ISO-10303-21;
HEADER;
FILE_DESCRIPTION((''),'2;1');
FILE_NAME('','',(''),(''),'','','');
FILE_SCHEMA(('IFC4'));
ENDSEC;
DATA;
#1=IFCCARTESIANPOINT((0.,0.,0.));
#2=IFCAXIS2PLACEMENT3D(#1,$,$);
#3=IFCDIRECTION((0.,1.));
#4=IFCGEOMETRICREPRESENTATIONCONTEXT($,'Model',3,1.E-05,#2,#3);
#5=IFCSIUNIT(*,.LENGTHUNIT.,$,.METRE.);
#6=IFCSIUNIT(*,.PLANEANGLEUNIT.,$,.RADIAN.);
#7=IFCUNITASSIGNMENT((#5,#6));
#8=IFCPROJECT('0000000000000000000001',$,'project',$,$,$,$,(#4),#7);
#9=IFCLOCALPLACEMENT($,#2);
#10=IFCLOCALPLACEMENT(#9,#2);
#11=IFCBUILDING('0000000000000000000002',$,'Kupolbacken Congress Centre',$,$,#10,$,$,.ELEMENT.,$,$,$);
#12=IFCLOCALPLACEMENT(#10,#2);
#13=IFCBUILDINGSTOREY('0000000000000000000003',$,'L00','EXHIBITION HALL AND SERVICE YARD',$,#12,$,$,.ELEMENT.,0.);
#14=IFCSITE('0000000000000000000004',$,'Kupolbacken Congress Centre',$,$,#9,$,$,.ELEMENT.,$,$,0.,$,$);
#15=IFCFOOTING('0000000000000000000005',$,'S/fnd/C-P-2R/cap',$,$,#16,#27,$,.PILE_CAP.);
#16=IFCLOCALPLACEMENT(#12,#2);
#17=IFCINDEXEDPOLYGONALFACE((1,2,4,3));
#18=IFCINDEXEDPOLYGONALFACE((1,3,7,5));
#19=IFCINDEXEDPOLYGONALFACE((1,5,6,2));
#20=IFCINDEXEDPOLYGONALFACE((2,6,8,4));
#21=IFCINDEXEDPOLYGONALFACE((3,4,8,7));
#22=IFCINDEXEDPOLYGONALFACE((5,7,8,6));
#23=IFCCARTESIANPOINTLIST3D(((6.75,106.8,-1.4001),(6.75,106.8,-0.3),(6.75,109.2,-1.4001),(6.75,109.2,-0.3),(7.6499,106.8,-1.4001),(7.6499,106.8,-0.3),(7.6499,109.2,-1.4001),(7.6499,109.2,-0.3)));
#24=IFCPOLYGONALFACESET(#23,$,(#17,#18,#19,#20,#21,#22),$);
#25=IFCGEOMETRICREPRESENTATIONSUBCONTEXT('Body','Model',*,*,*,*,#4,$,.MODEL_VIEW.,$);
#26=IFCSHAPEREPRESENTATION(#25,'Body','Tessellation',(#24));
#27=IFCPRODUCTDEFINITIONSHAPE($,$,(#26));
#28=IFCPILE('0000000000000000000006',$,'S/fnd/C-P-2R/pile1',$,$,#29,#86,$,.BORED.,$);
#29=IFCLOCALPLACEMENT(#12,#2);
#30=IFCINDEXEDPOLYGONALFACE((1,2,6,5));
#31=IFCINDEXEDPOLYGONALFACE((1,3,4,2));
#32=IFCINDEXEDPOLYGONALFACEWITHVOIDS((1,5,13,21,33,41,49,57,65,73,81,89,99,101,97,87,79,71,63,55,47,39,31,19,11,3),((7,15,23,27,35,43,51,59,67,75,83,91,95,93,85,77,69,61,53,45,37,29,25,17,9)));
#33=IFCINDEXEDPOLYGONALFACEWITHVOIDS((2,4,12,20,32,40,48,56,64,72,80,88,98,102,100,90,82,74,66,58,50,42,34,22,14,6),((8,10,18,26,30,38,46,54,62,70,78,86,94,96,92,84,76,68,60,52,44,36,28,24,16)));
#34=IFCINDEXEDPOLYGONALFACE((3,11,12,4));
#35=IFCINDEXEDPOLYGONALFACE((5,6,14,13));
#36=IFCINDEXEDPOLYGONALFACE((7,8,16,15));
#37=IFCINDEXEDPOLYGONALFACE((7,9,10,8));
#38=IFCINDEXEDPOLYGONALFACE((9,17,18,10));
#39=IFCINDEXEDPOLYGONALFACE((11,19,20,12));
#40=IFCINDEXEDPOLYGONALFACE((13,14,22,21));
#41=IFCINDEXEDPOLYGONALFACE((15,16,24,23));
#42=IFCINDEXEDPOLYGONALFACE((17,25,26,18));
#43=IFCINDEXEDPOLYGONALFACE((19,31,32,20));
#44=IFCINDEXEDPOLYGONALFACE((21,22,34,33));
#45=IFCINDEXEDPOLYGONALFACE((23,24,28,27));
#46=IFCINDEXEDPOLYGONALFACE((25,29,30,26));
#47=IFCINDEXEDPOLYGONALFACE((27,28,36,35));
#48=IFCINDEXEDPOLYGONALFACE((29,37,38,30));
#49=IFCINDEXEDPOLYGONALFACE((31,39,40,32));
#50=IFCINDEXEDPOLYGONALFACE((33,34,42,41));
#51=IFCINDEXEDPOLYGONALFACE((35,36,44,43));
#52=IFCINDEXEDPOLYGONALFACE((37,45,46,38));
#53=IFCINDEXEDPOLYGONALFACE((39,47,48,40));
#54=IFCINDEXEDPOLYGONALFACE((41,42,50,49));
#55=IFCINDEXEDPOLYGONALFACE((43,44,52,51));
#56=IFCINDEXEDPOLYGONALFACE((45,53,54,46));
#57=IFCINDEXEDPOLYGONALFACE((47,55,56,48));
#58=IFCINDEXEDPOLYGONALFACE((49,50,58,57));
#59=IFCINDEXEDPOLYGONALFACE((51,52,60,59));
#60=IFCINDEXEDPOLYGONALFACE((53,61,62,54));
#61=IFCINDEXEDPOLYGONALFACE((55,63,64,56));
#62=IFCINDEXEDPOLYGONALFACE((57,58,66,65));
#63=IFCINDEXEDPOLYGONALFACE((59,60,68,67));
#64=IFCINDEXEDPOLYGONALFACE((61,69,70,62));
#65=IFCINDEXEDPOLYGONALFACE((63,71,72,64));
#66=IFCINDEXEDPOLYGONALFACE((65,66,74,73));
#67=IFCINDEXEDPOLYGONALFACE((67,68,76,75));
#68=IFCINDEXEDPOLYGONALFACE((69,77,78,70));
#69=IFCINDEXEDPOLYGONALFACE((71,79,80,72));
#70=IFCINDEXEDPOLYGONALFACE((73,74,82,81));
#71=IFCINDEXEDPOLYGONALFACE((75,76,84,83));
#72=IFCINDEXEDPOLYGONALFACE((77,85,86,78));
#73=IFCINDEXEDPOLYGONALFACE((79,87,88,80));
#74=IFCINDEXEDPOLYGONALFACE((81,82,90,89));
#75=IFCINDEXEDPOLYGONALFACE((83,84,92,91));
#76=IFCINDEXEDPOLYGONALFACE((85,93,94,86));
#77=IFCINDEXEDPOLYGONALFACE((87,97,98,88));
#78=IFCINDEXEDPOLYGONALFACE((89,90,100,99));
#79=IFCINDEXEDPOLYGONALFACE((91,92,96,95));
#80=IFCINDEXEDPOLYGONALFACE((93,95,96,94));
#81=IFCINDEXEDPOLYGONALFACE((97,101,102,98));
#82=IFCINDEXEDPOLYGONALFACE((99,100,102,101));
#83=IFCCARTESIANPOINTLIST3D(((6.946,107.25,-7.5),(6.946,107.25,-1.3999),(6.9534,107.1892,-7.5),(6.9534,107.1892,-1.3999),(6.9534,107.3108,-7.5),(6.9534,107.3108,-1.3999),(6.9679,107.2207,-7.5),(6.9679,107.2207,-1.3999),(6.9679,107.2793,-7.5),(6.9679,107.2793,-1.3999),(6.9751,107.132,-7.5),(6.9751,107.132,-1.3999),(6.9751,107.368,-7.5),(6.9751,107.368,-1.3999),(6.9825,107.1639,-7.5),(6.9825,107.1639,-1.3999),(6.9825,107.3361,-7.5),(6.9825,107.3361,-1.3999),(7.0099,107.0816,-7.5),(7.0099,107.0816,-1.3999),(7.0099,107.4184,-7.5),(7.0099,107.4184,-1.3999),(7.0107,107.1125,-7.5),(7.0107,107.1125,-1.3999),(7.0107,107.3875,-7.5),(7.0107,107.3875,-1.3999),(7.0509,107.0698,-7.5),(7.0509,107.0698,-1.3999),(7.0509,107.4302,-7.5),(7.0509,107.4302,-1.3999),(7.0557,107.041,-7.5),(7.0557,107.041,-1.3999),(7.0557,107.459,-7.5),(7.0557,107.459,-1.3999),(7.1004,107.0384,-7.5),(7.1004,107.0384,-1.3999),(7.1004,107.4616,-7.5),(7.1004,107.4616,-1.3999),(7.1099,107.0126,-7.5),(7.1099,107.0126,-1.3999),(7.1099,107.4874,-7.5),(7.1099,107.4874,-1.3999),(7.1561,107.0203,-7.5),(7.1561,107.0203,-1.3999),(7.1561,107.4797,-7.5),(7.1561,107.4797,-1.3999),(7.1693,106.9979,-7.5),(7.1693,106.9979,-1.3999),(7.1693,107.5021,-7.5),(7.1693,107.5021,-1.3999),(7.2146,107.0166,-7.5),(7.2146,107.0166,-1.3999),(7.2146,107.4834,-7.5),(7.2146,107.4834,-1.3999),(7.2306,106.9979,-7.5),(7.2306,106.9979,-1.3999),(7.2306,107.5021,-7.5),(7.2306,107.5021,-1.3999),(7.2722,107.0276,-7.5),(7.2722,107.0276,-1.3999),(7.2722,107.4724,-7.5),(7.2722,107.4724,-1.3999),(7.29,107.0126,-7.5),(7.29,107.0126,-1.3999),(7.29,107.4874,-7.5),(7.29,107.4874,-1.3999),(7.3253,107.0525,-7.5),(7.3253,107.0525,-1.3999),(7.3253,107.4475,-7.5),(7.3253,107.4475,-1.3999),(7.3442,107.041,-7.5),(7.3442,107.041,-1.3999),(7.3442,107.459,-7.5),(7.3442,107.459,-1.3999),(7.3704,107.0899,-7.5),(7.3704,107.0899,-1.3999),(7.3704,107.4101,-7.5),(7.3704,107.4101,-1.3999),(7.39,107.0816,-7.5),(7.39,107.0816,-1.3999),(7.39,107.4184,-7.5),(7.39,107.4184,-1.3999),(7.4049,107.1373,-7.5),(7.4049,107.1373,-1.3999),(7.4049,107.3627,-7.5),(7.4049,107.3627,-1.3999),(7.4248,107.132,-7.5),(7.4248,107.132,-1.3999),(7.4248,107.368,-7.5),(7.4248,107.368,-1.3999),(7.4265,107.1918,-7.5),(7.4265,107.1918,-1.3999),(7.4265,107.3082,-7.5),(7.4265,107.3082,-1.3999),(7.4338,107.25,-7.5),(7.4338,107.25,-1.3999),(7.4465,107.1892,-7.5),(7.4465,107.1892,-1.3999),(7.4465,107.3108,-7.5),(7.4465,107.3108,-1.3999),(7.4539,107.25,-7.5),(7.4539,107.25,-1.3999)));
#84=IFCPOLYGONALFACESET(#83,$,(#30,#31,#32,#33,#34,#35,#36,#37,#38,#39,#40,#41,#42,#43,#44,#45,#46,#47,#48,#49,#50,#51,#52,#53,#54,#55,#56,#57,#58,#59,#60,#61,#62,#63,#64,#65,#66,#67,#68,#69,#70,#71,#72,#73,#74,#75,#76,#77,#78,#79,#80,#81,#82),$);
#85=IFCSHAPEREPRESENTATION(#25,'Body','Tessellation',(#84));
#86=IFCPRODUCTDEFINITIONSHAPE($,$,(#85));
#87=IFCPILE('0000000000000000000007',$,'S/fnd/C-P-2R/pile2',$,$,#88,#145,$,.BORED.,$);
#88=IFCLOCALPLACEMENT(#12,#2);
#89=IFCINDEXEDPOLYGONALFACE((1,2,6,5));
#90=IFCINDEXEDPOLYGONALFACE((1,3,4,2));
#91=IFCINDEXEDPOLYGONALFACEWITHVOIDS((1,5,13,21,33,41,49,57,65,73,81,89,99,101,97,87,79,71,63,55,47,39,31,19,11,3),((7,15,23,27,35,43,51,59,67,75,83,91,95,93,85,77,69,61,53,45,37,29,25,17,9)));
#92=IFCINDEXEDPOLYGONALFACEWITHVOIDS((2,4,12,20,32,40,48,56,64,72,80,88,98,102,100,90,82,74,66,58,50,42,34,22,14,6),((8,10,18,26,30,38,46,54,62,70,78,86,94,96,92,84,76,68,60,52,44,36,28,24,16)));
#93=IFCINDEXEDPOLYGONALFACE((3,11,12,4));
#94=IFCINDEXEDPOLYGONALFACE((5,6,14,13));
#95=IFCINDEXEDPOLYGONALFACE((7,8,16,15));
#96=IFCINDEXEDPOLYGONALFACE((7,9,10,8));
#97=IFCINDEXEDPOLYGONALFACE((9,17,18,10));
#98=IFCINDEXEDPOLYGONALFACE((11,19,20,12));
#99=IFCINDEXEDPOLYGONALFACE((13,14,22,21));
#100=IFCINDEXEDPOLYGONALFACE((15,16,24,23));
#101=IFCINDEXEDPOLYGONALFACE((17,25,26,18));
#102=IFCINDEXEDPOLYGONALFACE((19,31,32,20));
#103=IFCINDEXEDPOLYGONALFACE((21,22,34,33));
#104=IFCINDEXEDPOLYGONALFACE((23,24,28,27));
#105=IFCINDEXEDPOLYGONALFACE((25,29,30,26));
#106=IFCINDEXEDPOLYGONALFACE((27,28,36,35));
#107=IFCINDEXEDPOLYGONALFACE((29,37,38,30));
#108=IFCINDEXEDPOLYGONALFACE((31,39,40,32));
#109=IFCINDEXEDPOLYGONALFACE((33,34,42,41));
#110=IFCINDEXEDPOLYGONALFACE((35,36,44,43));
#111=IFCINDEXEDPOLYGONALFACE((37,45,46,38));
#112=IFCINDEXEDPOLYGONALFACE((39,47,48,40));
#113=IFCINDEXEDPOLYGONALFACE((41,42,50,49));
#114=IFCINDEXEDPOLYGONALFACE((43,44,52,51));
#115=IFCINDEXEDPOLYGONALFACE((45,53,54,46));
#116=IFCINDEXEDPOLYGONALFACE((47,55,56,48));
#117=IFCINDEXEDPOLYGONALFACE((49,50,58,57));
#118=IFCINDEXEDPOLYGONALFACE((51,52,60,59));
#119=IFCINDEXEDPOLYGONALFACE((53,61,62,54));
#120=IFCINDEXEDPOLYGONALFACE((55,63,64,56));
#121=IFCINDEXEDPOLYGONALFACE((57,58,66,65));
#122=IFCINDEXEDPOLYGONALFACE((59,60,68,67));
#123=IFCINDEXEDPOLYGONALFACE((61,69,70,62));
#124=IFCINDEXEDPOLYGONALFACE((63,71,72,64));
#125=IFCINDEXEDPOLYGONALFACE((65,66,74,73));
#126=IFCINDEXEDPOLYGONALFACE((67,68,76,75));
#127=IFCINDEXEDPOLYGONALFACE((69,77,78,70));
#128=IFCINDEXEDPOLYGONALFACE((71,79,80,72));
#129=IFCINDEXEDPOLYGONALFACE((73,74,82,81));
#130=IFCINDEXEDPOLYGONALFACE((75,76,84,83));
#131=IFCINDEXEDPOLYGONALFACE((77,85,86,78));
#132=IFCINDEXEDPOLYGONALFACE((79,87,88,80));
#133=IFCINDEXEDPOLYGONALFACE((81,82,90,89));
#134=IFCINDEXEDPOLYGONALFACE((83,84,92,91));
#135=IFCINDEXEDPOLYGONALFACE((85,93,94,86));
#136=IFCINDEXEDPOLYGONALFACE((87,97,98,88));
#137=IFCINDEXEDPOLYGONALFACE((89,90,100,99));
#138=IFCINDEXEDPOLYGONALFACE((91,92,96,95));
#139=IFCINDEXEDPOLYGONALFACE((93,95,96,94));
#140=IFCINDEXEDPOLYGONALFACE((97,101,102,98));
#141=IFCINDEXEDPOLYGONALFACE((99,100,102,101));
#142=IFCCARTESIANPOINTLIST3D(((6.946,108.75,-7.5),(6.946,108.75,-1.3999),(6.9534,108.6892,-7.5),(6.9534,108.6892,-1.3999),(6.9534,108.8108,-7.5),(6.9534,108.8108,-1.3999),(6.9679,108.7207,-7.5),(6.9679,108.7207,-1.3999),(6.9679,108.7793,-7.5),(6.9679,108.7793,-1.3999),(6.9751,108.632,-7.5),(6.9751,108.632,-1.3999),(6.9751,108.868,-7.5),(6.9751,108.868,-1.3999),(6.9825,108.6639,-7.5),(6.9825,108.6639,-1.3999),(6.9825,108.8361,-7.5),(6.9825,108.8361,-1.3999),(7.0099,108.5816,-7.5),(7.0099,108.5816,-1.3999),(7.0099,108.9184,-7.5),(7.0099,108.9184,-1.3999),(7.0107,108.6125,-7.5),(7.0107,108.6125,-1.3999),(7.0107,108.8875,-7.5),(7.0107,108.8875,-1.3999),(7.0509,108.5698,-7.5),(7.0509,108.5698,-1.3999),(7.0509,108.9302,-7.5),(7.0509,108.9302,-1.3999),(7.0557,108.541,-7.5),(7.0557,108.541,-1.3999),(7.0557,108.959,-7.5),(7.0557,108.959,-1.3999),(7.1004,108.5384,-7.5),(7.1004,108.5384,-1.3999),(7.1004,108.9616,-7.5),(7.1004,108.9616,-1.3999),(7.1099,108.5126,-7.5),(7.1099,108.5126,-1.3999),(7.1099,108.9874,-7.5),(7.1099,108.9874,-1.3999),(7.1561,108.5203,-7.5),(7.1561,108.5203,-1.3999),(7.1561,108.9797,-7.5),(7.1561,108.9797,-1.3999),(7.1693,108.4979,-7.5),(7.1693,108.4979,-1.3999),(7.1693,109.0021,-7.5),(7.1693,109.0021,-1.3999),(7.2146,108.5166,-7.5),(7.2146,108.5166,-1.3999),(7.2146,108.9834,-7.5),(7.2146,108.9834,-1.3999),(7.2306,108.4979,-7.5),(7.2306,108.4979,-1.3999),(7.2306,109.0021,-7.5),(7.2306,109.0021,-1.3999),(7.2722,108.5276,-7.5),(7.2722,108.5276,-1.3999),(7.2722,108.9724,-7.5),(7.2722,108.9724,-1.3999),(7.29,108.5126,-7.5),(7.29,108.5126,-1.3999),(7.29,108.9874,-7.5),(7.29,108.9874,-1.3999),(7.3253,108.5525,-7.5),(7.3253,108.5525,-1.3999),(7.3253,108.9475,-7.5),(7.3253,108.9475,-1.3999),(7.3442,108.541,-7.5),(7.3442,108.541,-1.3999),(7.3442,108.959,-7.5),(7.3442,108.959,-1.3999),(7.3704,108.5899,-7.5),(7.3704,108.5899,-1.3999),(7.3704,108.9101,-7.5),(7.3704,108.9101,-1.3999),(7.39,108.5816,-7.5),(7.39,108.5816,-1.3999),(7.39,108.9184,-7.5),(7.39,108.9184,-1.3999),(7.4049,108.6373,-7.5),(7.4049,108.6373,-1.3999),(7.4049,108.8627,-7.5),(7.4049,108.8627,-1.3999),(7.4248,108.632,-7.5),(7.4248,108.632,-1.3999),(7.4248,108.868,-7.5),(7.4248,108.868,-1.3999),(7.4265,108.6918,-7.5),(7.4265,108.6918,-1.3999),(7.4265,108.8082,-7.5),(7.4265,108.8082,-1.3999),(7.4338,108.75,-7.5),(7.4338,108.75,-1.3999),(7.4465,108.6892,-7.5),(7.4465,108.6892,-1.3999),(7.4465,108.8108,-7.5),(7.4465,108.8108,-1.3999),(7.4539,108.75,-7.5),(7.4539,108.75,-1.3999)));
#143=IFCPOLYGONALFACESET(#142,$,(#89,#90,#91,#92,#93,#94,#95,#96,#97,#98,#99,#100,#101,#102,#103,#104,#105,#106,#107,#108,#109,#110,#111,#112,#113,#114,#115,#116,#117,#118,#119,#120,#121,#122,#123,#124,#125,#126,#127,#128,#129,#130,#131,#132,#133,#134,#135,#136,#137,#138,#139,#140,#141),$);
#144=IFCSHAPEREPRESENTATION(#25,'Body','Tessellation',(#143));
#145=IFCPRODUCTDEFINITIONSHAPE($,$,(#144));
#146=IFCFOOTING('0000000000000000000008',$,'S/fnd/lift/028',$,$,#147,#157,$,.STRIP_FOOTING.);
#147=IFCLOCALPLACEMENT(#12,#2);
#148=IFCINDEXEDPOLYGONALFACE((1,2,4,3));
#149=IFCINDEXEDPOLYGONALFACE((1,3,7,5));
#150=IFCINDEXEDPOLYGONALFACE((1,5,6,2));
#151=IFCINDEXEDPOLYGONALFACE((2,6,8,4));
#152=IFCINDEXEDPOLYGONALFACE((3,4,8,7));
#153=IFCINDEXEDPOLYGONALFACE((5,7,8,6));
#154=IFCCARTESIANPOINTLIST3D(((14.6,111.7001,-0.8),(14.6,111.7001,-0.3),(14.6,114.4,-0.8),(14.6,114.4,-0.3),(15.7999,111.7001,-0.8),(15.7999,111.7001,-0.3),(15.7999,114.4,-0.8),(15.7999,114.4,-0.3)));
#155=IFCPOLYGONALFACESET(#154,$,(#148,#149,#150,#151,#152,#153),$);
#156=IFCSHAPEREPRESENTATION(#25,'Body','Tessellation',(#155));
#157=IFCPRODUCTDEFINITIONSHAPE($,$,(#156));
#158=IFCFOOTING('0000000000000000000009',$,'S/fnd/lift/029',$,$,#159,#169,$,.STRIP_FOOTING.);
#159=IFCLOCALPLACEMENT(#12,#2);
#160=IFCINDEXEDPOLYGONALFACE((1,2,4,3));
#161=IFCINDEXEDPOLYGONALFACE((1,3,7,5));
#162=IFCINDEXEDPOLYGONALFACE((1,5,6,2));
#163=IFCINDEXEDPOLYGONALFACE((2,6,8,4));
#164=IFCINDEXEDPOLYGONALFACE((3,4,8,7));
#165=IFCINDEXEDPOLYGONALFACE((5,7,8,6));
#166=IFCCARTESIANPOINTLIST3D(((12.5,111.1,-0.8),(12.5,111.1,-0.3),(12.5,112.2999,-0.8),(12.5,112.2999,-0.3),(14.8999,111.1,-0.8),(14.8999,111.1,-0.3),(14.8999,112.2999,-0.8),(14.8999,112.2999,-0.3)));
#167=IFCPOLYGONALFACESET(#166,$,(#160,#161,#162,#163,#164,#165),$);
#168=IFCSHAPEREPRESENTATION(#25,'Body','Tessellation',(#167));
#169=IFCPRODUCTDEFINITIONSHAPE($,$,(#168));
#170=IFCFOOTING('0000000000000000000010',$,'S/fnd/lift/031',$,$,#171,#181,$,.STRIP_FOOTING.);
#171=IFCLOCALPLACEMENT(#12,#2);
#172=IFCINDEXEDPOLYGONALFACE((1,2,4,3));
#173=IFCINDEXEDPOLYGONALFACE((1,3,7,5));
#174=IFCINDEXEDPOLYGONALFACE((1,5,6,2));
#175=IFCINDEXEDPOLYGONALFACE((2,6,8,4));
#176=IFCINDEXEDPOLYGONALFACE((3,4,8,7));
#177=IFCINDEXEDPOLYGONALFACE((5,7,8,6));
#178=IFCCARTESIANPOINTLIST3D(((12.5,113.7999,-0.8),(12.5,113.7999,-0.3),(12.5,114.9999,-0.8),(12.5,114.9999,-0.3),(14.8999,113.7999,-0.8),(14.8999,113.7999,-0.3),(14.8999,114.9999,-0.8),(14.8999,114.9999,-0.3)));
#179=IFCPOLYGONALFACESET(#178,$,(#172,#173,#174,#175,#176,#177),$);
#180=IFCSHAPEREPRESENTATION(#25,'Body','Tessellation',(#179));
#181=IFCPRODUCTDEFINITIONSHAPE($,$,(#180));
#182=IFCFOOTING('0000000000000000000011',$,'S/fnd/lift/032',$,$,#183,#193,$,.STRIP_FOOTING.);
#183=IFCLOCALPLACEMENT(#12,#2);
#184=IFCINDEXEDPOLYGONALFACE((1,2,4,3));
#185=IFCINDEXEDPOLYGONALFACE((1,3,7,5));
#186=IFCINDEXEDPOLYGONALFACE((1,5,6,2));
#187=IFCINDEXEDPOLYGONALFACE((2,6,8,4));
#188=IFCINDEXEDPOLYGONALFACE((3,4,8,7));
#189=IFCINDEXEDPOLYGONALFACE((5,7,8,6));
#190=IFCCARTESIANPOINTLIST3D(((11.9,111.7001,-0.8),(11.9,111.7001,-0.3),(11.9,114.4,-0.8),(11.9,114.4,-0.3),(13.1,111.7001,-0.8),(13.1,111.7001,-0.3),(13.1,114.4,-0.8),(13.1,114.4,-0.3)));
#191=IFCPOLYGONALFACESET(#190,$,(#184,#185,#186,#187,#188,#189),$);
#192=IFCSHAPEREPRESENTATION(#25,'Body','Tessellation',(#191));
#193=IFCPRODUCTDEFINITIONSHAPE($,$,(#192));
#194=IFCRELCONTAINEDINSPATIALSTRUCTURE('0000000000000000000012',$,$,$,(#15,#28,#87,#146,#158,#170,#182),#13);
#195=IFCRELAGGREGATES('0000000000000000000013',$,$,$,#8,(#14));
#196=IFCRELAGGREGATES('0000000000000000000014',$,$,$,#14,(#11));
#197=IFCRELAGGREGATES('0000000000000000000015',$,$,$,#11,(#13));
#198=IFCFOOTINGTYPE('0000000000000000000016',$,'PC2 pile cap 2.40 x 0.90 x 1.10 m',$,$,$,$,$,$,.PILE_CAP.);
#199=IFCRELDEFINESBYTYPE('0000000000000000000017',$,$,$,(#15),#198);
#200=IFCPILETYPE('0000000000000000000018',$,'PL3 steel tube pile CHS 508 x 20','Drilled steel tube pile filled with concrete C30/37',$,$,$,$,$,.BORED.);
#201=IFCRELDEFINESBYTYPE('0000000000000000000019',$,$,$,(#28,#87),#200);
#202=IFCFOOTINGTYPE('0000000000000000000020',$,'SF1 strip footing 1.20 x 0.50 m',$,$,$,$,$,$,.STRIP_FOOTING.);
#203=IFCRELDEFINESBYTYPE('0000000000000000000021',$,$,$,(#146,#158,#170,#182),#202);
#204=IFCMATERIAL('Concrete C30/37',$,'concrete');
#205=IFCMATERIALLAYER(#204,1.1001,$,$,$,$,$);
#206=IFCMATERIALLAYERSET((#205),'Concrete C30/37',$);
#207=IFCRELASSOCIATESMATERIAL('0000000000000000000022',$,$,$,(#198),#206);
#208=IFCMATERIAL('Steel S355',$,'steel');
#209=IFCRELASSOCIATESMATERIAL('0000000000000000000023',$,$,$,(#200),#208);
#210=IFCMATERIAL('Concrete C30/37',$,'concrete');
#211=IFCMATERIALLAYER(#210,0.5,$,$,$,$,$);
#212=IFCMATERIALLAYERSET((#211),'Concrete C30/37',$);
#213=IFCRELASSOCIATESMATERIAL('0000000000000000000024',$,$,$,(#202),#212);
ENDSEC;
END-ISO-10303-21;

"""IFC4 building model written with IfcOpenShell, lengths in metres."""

from ifc_helpers import new_model, si_unit, direction, frame, origin, origin_2d, place, context, subcontext, project, spatial, rectangle, hollow_circle, extrude, material, layer, layer_set, material_profile, profile_set, type_object, element, save


model = new_model("IFC4")

# Units and contexts
model_context = context("Model", 3, precision=1e-05, world=origin(), true_north=direction((0.0, 1.0)))
body_context = subcontext(model_context, "Body", "Model", "MODEL_VIEW")
ifc_project = project(units=[si_unit("LENGTHUNIT", "METRE"), si_unit("PLANEANGLEUNIT", "RADIAN")], contexts=[model_context])

# Site, building, storey
site_placement = place(None, origin())
site = spatial("IfcSite", under=ifc_project, at=site_placement, Name="Kupolbacken Congress Centre", CompositionType="ELEMENT", RefElevation=0.0)
building_placement = place(site_placement, origin())
building = spatial("IfcBuilding", under=site, at=building_placement, Name="Kupolbacken Congress Centre", CompositionType="ELEMENT")
storey_placement = place(building_placement, origin())
storey = spatial("IfcBuildingStorey", under=building, at=storey_placement, Name="L00", Description="EXHIBITION HALL AND SERVICE YARD", CompositionType="ELEMENT", Elevation=0.0)

# Footing
ifc_material_1 = material(Name="Concrete C30/37", Category="concrete")
ifc_layer_1 = layer(ifc_material_1, 1.1001)
ifc_layer_set_1 = layer_set([ifc_layer_1], Name="Concrete C30/37")
footing_type_1 = type_object("IfcFootingType", Name="PC2 pile cap 2.40 x 0.90 x 1.10 m", PredefinedType="PILE_CAP", material=ifc_layer_set_1)
footing_1_placement = place(storey_placement, frame((7.2, 108.0, -1.4001), z_axis=(0.0, 0.0, 1.0), x_axis=(1.0, 0.0, 0.0)))
element("IfcFooting", 1, at=footing_1_placement, inside=storey, type_object=footing_type_1, Name="S/fnd/C-P-2R/cap", PredefinedType="PILE_CAP", context=body_context, shape_type="SweptSolid", body=[
    extrude(rectangle(XDim=0.8999, YDim=2.3999, at=origin_2d()), origin(), (0.0, 0.0, 1.0), 1.1001),
])

# Piles
ifc_material_2 = material(Name="Steel S355", Category="steel")
ifc_material_profile_1 = material_profile(ifc_material_2, hollow_circle(Radius=0.2539, WallThickness=0.02, at=origin_2d()), Name="CHS 508 x 20")
ifc_profile_set_1 = profile_set([ifc_material_profile_1], Name="Steel S355")
pile_type = type_object("IfcPileType", Name="PL3 steel tube pile CHS 508 x 20", Description="Drilled steel tube pile filled with concrete C30/37", PredefinedType="BORED", material=ifc_profile_set_1)
for number, where, z_axis, x_axis, name in (
    (2, (7.2, 107.25, -1.3999), (0.0, 0.0, -1.0), (1.0, 0.0, 0.0), "S/fnd/C-P-2R/pile1"),
    (3, (7.2, 108.75, -1.3999), (0.0, 0.0, -1.0), (1.0, 0.0, 0.0), "S/fnd/C-P-2R/pile2"),
):
    element("IfcPile", number, at=place(storey_placement, frame(where, z_axis=z_axis, x_axis=x_axis)), inside=storey, type_object=pile_type, Name=name, PredefinedType="BORED", context=body_context, shape_type="SweptSolid", body=[
        extrude(hollow_circle(Radius=0.2539, WallThickness=0.02, at=origin_2d()), origin(), (0.0, 0.0, 1.0), 6.1001),
    ])

# Footings
ifc_material_3 = material(Name="Concrete C30/37", Category="concrete")
ifc_layer_2 = layer(ifc_material_3, 0.5)
ifc_layer_set_2 = layer_set([ifc_layer_2], Name="Concrete C30/37")
footing_type_2 = type_object("IfcFootingType", Name="SF1 strip footing 1.20 x 0.50 m", PredefinedType="STRIP_FOOTING", material=ifc_layer_set_2)
footing_2_placement = place(storey_placement, frame((15.2, 113.05, -0.8), z_axis=(0.0, 0.0, 1.0), x_axis=(0.0, 1.0, 0.0)))
element("IfcFooting", 4, at=footing_2_placement, inside=storey, type_object=footing_type_2, Name="S/fnd/lift/028", PredefinedType="STRIP_FOOTING", context=body_context, shape_type="SweptSolid", body=[
    extrude(rectangle(XDim=2.7, YDim=1.2, at=origin_2d()), origin(), (0.0, 0.0, 1.0), 0.5),
])
for number, where, z_axis, x_axis, name in (
    (5, (13.7, 111.7, -0.8), (0.0, 0.0, 1.0), (1.0, 0.0, 0.0), "S/fnd/lift/029"),
    (6, (13.7, 114.3999, -0.8), (0.0, 0.0, 1.0), (1.0, 0.0, 0.0), "S/fnd/lift/031"),
):
    element("IfcFooting", number, at=place(storey_placement, frame(where, z_axis=z_axis, x_axis=x_axis)), inside=storey, type_object=footing_type_2, Name=name, PredefinedType="STRIP_FOOTING", context=body_context, shape_type="SweptSolid", body=[
        extrude(rectangle(XDim=2.3999, YDim=1.2, at=origin_2d()), origin(), (0.0, 0.0, 1.0), 0.5),
    ])
footing_3_placement = place(storey_placement, frame((12.5, 113.05, -0.8), z_axis=(0.0, 0.0, 1.0), x_axis=(0.0, 1.0, 0.0)))
element("IfcFooting", 7, at=footing_3_placement, inside=storey, type_object=footing_type_2, Name="S/fnd/lift/032", PredefinedType="STRIP_FOOTING", context=body_context, shape_type="SweptSolid", body=[
    extrude(rectangle(XDim=2.7, YDim=1.2, at=origin_2d()), origin(), (0.0, 0.0, 1.0), 0.5),
])

save(model, "model.ifc")
